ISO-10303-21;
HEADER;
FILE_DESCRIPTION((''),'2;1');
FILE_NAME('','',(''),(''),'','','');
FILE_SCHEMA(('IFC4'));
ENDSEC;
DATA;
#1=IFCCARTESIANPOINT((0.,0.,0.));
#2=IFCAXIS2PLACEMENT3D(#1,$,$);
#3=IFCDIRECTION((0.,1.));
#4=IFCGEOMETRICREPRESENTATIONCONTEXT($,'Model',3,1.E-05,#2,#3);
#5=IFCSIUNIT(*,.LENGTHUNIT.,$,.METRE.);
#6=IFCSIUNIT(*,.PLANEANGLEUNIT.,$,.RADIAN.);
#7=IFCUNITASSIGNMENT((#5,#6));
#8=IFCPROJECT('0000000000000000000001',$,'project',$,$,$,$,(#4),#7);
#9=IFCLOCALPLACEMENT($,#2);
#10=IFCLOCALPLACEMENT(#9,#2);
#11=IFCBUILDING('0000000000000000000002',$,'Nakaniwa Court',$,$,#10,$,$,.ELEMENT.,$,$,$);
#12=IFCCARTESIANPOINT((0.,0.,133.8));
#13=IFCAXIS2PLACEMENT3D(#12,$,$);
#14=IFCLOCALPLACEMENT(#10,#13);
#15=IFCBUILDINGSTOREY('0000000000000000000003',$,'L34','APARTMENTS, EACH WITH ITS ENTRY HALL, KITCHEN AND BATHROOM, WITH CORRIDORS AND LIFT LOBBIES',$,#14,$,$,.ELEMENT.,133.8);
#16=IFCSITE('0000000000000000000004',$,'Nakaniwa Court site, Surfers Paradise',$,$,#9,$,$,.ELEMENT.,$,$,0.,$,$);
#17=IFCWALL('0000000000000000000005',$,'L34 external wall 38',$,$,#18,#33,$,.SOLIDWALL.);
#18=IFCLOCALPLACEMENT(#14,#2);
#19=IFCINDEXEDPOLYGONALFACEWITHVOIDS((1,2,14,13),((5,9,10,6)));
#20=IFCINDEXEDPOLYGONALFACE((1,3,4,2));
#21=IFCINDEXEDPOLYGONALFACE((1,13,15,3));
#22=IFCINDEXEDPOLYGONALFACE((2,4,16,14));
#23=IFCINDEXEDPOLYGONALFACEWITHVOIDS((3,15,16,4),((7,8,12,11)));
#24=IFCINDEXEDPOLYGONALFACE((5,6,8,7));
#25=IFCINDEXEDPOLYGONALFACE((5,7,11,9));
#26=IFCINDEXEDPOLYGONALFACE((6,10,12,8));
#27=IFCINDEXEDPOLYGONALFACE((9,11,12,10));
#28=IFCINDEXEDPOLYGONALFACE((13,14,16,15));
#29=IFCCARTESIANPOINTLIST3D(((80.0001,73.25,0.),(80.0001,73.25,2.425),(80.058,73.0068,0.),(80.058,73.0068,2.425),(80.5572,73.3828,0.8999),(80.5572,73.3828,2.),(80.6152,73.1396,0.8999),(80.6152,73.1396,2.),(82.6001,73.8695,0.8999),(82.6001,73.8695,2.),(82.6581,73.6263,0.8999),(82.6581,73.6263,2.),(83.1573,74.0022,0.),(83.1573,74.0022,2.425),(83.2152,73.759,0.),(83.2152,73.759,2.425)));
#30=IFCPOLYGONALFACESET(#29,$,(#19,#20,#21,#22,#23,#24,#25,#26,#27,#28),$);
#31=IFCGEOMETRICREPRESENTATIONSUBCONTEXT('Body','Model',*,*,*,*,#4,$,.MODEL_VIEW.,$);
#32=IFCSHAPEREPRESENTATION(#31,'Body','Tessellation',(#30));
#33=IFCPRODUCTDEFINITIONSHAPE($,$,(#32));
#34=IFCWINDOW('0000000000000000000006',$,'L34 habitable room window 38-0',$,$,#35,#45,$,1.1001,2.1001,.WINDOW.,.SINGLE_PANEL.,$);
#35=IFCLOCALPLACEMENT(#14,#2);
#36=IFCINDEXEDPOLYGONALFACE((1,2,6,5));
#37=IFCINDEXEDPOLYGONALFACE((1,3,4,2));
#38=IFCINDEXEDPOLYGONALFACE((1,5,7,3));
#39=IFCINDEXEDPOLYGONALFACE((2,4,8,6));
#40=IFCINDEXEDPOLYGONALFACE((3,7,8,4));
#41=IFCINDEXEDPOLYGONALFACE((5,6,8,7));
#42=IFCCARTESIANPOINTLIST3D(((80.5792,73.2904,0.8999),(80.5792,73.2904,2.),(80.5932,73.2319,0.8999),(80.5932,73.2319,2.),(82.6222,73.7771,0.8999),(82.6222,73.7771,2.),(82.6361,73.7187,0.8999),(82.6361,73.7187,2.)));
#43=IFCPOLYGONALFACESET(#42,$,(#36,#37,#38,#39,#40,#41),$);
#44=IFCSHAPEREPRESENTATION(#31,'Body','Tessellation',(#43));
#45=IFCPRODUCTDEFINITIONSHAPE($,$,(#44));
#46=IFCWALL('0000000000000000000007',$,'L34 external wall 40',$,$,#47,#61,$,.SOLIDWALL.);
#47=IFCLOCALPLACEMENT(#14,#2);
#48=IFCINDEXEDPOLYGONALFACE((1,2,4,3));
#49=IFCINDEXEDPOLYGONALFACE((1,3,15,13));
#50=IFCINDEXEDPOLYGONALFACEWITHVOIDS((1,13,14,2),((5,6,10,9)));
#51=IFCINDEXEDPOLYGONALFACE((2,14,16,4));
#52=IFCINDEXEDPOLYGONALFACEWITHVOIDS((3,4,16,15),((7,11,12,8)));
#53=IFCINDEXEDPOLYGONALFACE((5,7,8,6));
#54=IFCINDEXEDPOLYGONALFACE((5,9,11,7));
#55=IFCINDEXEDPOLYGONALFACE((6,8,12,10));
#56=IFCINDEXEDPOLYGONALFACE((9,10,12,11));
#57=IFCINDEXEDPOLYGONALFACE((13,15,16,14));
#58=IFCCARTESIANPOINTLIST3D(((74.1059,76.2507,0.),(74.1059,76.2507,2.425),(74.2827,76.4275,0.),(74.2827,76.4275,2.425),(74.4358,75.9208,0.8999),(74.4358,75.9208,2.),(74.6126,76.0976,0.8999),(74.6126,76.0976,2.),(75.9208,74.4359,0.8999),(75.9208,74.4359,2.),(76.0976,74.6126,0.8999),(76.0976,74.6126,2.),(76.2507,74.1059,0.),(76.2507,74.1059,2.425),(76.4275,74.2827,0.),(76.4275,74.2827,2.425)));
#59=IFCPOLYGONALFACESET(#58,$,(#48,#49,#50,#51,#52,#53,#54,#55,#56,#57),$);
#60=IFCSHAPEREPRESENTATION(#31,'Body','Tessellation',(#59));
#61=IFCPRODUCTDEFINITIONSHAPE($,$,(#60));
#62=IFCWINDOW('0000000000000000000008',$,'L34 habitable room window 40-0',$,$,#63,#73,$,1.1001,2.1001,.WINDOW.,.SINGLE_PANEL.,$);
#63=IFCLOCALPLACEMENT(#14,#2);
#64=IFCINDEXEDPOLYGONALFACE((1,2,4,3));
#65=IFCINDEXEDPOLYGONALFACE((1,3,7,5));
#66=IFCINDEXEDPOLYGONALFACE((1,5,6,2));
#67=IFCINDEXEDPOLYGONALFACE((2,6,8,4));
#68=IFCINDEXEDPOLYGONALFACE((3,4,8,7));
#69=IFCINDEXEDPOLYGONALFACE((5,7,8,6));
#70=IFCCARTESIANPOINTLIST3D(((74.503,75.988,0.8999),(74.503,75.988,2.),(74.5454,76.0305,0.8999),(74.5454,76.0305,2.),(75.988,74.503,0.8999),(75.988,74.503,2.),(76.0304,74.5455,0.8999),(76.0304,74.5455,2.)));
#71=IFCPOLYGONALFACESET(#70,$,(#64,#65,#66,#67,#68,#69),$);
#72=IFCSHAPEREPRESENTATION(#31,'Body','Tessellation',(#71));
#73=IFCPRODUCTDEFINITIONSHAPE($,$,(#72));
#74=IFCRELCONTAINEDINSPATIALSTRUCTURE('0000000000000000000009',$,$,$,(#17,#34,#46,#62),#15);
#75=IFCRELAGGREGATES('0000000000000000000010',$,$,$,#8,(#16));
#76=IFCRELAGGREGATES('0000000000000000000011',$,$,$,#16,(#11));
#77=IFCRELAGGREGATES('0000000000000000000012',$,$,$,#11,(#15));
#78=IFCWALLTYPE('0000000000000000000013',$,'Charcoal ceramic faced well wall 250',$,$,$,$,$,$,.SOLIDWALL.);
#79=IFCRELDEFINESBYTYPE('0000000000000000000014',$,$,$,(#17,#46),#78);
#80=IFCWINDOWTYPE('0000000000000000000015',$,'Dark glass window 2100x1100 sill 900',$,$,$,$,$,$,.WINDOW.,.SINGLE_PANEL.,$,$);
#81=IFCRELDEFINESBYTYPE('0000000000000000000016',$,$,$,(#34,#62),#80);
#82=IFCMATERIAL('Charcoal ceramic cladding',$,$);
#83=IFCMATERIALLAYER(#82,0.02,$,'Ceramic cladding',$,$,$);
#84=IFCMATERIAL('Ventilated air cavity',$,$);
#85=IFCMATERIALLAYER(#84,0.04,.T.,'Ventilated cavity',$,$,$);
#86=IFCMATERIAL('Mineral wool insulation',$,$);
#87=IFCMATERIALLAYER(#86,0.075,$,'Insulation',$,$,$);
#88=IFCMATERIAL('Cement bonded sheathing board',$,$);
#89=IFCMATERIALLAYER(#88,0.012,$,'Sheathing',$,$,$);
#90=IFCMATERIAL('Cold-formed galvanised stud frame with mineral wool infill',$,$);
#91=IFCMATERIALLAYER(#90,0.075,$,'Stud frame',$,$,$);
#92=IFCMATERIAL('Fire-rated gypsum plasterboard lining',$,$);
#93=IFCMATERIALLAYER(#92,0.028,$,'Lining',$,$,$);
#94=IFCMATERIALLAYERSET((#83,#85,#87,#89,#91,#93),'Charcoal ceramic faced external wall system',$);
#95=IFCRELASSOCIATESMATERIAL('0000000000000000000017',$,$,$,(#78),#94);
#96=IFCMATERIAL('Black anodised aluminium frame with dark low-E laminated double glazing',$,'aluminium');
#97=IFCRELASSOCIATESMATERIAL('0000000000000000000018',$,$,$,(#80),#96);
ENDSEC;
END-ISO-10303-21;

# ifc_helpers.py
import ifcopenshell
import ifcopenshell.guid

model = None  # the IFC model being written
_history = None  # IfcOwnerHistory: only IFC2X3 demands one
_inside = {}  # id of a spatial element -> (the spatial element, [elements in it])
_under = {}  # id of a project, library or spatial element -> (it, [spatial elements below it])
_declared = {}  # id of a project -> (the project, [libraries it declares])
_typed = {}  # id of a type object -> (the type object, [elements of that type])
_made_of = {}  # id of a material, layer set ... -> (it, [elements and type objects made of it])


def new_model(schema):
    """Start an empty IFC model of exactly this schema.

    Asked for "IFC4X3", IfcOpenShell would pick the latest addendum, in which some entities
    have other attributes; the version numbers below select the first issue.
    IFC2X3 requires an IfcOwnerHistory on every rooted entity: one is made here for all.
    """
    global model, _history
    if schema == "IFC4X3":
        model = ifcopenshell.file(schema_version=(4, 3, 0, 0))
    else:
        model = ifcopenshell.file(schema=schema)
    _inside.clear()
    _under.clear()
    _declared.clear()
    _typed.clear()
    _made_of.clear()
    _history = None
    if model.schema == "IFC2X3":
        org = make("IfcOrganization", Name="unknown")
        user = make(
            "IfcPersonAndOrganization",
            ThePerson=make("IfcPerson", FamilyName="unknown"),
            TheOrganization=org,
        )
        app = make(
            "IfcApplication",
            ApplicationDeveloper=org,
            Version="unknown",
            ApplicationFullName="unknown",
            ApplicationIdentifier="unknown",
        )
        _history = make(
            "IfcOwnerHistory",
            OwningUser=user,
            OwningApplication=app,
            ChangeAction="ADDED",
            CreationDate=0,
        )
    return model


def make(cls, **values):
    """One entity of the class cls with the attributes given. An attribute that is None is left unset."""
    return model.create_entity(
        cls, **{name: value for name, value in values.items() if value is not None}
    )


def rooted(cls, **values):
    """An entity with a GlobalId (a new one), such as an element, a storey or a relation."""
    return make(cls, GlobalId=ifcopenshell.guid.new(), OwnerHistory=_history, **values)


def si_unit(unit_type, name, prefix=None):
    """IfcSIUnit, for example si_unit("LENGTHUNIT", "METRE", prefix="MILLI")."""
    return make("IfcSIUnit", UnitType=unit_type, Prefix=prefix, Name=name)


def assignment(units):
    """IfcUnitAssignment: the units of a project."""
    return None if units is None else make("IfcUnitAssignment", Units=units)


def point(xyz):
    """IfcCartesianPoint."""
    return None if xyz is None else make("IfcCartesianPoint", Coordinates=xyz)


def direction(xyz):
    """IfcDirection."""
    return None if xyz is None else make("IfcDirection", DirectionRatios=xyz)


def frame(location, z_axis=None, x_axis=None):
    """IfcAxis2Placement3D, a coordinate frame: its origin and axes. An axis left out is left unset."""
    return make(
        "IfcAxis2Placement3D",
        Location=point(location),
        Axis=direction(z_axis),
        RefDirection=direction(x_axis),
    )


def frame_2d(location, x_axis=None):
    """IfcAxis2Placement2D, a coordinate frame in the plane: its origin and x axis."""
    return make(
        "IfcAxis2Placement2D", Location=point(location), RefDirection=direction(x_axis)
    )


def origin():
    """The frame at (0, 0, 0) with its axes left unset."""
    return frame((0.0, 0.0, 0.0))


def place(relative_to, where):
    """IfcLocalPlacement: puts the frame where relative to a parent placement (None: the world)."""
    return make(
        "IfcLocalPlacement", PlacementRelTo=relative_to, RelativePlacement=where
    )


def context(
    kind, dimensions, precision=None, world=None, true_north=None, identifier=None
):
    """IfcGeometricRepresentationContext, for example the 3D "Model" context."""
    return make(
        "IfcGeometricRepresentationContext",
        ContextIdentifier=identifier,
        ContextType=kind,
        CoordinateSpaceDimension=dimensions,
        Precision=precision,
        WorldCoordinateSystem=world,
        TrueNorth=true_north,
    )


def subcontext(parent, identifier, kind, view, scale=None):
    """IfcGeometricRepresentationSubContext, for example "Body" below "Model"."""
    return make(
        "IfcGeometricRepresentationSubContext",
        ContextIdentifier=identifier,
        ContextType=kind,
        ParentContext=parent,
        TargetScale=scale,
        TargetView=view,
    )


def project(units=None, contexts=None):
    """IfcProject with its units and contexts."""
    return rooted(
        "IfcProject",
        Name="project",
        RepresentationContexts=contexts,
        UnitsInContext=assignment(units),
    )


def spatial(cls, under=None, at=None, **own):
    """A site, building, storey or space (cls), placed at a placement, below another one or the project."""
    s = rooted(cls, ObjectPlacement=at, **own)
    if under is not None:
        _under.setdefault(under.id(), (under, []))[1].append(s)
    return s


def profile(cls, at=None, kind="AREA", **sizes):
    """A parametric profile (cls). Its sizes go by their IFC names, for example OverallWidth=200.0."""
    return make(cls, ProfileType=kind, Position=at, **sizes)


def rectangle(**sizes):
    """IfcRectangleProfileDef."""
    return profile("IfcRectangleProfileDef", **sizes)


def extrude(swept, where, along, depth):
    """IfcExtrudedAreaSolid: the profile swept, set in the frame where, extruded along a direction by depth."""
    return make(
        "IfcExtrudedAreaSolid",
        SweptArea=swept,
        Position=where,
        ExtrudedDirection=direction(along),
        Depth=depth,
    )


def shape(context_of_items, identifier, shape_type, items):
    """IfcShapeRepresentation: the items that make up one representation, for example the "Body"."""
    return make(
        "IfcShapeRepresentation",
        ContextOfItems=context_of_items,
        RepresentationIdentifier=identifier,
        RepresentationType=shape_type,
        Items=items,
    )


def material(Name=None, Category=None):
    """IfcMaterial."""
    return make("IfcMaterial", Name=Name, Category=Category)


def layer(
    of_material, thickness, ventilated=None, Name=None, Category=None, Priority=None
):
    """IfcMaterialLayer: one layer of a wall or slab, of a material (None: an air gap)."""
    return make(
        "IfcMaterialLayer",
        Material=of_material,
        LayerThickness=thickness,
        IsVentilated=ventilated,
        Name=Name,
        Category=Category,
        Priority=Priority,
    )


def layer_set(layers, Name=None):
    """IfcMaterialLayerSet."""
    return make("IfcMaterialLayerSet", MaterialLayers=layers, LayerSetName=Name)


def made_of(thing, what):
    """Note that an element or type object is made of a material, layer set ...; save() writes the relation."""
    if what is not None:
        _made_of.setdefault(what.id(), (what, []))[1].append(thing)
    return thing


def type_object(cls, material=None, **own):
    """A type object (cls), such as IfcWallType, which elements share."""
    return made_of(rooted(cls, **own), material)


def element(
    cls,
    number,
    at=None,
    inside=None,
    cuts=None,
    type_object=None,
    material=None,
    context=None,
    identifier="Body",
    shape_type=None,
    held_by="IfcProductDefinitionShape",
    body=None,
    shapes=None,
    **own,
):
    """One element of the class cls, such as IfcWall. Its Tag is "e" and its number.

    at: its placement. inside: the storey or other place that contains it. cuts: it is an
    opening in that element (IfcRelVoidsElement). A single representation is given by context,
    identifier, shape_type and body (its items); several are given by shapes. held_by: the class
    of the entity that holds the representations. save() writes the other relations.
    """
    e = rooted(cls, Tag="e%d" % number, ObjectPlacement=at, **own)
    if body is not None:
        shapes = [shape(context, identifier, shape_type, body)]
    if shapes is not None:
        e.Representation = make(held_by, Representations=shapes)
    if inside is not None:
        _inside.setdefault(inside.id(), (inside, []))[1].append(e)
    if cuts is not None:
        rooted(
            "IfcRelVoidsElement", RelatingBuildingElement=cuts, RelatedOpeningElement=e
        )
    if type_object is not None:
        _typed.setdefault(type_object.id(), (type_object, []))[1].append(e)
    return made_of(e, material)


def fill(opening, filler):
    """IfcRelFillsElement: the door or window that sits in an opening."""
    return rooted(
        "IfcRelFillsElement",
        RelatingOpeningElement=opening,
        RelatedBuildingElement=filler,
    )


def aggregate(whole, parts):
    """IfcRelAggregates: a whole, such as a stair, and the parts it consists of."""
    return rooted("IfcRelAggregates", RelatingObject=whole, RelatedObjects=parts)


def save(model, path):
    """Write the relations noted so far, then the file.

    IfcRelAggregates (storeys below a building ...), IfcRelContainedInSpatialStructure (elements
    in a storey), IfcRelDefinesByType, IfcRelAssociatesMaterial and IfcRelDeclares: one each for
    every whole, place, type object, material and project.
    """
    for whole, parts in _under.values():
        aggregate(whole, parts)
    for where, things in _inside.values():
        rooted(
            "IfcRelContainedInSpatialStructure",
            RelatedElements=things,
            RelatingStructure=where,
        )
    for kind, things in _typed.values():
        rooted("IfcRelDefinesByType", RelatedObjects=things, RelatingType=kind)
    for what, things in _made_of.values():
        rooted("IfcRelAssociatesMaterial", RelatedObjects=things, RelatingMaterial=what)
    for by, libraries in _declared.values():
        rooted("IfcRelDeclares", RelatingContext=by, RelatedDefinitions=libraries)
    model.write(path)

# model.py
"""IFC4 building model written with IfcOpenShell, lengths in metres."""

from ifc_helpers import new_model, si_unit, direction, frame, frame_2d, origin, place, context, subcontext, project, spatial, rectangle, extrude, material, layer, layer_set, type_object, element, fill, save


model = new_model("IFC4")

# Units and contexts
model_context = context("Model", 3, precision=1e-05, world=origin(), true_north=direction((0.0, 1.0)))
body_context = subcontext(model_context, "Body", "Model", "MODEL_VIEW")
ifc_project = project(units=[si_unit("LENGTHUNIT", "METRE"), si_unit("PLANEANGLEUNIT", "RADIAN")], contexts=[model_context])

# Site, building, storey
site_placement = place(None, origin())
site = spatial("IfcSite", under=ifc_project, at=site_placement, Name="Nakaniwa Court site, Surfers Paradise", CompositionType="ELEMENT", RefElevation=0.0)
building_placement = place(site_placement, origin())
building = spatial("IfcBuilding", under=site, at=building_placement, Name="Nakaniwa Court", CompositionType="ELEMENT")
storey_placement = place(building_placement, frame((0.0, 0.0, 133.8)))
storey = spatial("IfcBuildingStorey", under=building, at=storey_placement, Name="L34", Description="APARTMENTS, EACH WITH ITS ENTRY HALL, KITCHEN AND BATHROOM, WITH CORRIDORS AND LIFT LOBBIES", CompositionType="ELEMENT", Elevation=133.8)

# Walls, openings, windows
ifc_material_1 = material(Name="Charcoal ceramic cladding")
ifc_layer_1 = layer(ifc_material_1, 0.02, Name="Ceramic cladding")
ifc_material_2 = material(Name="Ventilated air cavity")
ifc_layer_2 = layer(ifc_material_2, 0.04, ventilated=True, Name="Ventilated cavity")
ifc_material_3 = material(Name="Mineral wool insulation")
ifc_layer_3 = layer(ifc_material_3, 0.075, Name="Insulation")
ifc_material_4 = material(Name="Cement bonded sheathing board")
ifc_layer_4 = layer(ifc_material_4, 0.012, Name="Sheathing")
ifc_material_5 = material(Name="Cold-formed galvanised stud frame with mineral wool infill")
ifc_layer_5 = layer(ifc_material_5, 0.075, Name="Stud frame")
ifc_material_6 = material(Name="Fire-rated gypsum plasterboard lining")
ifc_layer_6 = layer(ifc_material_6, 0.028, Name="Lining")
ifc_layer_set = layer_set([ifc_layer_1, ifc_layer_2, ifc_layer_3, ifc_layer_4, ifc_layer_5, ifc_layer_6], Name="Charcoal ceramic faced external wall system")
wall_type = type_object("IfcWallType", Name="Charcoal ceramic faced well wall 250", PredefinedType="SOLIDWALL", material=ifc_layer_set)
ifc_material_7 = material(Name="Black anodised aluminium frame with dark low-E laminated double glazing", Category="aluminium")
window_type = type_object("IfcWindowType", Name="Dark glass window 2100x1100 sill 900", PartitioningType="SINGLE_PANEL", PredefinedType="WINDOW", material=ifc_material_7)
wall_1_placement = place(storey_placement, frame((83.1863, 73.8806, 0.0), z_axis=(0.0, 0.0, 1.0), x_axis=(-0.972773, -0.23176, 0.0)))
wall_1 = element("IfcWall", 1, at=wall_1_placement, inside=storey, type_object=wall_type, Name="L34 external wall 38", PredefinedType="SOLIDWALL", context=body_context, shape_type="SweptSolid", body=[
    extrude(rectangle(XDim=3.2456, YDim=0.25, at=frame_2d((1.6228, 0.0))), origin(), (0.0, 0.0, 1.0), 2.425),
])
opening_1_placement = place(wall_1_placement, frame((0.5728, 0.0, 0.8999)))
opening_1 = element("IfcOpeningElement", 2, at=opening_1_placement, cuts=wall_1, PredefinedType="OPENING", context=body_context, shape_type="SweptSolid", body=[
    extrude(rectangle(XDim=2.1001, YDim=1.1001, at=frame_2d((1.05, 0.55))), frame((0.0, 0.135, 0.0), z_axis=(0.0, -1.0, 0.0), x_axis=(1.0, 0.0, 0.0)), (0.0, 0.0, 1.0), 0.27),
])
window_1_placement = place(opening_1_placement, origin())
window_1 = element("IfcWindow", 3, at=window_1_placement, inside=storey, type_object=window_type, Name="L34 habitable room window 38-0", OverallHeight=1.1001, OverallWidth=2.1001, PartitioningType="SINGLE_PANEL", PredefinedType="WINDOW", context=body_context, shape_type="SweptSolid", body=[
    extrude(rectangle(XDim=2.1001, YDim=1.1001, at=frame_2d((1.05, 0.55))), frame((0.0, 0.03, 0.0), z_axis=(0.0, -1.0, 0.0), x_axis=(1.0, 0.0, 0.0)), (0.0, 0.0, 1.0), 0.0601),
])
fill(opening_1, window_1)
wall_2_placement = place(storey_placement, frame((76.3391, 74.1943, 0.0), z_axis=(0.0, 0.0, 1.0), x_axis=(-0.707107, 0.707107, 0.0)))
wall_2 = element("IfcWall", 4, at=wall_2_placement, inside=storey, type_object=wall_type, Name="L34 external wall 40", PredefinedType="SOLIDWALL", context=body_context, shape_type="SweptSolid", body=[
    extrude(rectangle(XDim=3.0332, YDim=0.25, at=frame_2d((1.5166, 0.0))), origin(), (0.0, 0.0, 1.0), 2.425),
])
opening_2_placement = place(wall_2_placement, frame((0.4666, 0.0, 0.8999)))
opening_2 = element("IfcOpeningElement", 5, at=opening_2_placement, cuts=wall_2, PredefinedType="OPENING", context=body_context, shape_type="SweptSolid", body=[
    extrude(rectangle(XDim=2.1001, YDim=1.1001, at=frame_2d((1.05, 0.55))), frame((0.0, 0.135, 0.0), z_axis=(0.0, -1.0, 0.0), x_axis=(1.0, 0.0, 0.0)), (0.0, 0.0, 1.0), 0.27),
])
window_2_placement = place(opening_2_placement, origin())
window_2 = element("IfcWindow", 6, at=window_2_placement, inside=storey, type_object=window_type, Name="L34 habitable room window 40-0", OverallHeight=1.1001, OverallWidth=2.1001, PartitioningType="SINGLE_PANEL", PredefinedType="WINDOW", context=body_context, shape_type="SweptSolid", body=[
    extrude(rectangle(XDim=2.1001, YDim=1.1001, at=frame_2d((1.05, 0.55))), frame((0.0, 0.03, 0.0), z_axis=(0.0, -1.0, 0.0), x_axis=(1.0, 0.0, 0.0)), (0.0, 0.0, 1.0), 0.0601),
])
fill(opening_2, window_2)

save(model, "model.ifc")
